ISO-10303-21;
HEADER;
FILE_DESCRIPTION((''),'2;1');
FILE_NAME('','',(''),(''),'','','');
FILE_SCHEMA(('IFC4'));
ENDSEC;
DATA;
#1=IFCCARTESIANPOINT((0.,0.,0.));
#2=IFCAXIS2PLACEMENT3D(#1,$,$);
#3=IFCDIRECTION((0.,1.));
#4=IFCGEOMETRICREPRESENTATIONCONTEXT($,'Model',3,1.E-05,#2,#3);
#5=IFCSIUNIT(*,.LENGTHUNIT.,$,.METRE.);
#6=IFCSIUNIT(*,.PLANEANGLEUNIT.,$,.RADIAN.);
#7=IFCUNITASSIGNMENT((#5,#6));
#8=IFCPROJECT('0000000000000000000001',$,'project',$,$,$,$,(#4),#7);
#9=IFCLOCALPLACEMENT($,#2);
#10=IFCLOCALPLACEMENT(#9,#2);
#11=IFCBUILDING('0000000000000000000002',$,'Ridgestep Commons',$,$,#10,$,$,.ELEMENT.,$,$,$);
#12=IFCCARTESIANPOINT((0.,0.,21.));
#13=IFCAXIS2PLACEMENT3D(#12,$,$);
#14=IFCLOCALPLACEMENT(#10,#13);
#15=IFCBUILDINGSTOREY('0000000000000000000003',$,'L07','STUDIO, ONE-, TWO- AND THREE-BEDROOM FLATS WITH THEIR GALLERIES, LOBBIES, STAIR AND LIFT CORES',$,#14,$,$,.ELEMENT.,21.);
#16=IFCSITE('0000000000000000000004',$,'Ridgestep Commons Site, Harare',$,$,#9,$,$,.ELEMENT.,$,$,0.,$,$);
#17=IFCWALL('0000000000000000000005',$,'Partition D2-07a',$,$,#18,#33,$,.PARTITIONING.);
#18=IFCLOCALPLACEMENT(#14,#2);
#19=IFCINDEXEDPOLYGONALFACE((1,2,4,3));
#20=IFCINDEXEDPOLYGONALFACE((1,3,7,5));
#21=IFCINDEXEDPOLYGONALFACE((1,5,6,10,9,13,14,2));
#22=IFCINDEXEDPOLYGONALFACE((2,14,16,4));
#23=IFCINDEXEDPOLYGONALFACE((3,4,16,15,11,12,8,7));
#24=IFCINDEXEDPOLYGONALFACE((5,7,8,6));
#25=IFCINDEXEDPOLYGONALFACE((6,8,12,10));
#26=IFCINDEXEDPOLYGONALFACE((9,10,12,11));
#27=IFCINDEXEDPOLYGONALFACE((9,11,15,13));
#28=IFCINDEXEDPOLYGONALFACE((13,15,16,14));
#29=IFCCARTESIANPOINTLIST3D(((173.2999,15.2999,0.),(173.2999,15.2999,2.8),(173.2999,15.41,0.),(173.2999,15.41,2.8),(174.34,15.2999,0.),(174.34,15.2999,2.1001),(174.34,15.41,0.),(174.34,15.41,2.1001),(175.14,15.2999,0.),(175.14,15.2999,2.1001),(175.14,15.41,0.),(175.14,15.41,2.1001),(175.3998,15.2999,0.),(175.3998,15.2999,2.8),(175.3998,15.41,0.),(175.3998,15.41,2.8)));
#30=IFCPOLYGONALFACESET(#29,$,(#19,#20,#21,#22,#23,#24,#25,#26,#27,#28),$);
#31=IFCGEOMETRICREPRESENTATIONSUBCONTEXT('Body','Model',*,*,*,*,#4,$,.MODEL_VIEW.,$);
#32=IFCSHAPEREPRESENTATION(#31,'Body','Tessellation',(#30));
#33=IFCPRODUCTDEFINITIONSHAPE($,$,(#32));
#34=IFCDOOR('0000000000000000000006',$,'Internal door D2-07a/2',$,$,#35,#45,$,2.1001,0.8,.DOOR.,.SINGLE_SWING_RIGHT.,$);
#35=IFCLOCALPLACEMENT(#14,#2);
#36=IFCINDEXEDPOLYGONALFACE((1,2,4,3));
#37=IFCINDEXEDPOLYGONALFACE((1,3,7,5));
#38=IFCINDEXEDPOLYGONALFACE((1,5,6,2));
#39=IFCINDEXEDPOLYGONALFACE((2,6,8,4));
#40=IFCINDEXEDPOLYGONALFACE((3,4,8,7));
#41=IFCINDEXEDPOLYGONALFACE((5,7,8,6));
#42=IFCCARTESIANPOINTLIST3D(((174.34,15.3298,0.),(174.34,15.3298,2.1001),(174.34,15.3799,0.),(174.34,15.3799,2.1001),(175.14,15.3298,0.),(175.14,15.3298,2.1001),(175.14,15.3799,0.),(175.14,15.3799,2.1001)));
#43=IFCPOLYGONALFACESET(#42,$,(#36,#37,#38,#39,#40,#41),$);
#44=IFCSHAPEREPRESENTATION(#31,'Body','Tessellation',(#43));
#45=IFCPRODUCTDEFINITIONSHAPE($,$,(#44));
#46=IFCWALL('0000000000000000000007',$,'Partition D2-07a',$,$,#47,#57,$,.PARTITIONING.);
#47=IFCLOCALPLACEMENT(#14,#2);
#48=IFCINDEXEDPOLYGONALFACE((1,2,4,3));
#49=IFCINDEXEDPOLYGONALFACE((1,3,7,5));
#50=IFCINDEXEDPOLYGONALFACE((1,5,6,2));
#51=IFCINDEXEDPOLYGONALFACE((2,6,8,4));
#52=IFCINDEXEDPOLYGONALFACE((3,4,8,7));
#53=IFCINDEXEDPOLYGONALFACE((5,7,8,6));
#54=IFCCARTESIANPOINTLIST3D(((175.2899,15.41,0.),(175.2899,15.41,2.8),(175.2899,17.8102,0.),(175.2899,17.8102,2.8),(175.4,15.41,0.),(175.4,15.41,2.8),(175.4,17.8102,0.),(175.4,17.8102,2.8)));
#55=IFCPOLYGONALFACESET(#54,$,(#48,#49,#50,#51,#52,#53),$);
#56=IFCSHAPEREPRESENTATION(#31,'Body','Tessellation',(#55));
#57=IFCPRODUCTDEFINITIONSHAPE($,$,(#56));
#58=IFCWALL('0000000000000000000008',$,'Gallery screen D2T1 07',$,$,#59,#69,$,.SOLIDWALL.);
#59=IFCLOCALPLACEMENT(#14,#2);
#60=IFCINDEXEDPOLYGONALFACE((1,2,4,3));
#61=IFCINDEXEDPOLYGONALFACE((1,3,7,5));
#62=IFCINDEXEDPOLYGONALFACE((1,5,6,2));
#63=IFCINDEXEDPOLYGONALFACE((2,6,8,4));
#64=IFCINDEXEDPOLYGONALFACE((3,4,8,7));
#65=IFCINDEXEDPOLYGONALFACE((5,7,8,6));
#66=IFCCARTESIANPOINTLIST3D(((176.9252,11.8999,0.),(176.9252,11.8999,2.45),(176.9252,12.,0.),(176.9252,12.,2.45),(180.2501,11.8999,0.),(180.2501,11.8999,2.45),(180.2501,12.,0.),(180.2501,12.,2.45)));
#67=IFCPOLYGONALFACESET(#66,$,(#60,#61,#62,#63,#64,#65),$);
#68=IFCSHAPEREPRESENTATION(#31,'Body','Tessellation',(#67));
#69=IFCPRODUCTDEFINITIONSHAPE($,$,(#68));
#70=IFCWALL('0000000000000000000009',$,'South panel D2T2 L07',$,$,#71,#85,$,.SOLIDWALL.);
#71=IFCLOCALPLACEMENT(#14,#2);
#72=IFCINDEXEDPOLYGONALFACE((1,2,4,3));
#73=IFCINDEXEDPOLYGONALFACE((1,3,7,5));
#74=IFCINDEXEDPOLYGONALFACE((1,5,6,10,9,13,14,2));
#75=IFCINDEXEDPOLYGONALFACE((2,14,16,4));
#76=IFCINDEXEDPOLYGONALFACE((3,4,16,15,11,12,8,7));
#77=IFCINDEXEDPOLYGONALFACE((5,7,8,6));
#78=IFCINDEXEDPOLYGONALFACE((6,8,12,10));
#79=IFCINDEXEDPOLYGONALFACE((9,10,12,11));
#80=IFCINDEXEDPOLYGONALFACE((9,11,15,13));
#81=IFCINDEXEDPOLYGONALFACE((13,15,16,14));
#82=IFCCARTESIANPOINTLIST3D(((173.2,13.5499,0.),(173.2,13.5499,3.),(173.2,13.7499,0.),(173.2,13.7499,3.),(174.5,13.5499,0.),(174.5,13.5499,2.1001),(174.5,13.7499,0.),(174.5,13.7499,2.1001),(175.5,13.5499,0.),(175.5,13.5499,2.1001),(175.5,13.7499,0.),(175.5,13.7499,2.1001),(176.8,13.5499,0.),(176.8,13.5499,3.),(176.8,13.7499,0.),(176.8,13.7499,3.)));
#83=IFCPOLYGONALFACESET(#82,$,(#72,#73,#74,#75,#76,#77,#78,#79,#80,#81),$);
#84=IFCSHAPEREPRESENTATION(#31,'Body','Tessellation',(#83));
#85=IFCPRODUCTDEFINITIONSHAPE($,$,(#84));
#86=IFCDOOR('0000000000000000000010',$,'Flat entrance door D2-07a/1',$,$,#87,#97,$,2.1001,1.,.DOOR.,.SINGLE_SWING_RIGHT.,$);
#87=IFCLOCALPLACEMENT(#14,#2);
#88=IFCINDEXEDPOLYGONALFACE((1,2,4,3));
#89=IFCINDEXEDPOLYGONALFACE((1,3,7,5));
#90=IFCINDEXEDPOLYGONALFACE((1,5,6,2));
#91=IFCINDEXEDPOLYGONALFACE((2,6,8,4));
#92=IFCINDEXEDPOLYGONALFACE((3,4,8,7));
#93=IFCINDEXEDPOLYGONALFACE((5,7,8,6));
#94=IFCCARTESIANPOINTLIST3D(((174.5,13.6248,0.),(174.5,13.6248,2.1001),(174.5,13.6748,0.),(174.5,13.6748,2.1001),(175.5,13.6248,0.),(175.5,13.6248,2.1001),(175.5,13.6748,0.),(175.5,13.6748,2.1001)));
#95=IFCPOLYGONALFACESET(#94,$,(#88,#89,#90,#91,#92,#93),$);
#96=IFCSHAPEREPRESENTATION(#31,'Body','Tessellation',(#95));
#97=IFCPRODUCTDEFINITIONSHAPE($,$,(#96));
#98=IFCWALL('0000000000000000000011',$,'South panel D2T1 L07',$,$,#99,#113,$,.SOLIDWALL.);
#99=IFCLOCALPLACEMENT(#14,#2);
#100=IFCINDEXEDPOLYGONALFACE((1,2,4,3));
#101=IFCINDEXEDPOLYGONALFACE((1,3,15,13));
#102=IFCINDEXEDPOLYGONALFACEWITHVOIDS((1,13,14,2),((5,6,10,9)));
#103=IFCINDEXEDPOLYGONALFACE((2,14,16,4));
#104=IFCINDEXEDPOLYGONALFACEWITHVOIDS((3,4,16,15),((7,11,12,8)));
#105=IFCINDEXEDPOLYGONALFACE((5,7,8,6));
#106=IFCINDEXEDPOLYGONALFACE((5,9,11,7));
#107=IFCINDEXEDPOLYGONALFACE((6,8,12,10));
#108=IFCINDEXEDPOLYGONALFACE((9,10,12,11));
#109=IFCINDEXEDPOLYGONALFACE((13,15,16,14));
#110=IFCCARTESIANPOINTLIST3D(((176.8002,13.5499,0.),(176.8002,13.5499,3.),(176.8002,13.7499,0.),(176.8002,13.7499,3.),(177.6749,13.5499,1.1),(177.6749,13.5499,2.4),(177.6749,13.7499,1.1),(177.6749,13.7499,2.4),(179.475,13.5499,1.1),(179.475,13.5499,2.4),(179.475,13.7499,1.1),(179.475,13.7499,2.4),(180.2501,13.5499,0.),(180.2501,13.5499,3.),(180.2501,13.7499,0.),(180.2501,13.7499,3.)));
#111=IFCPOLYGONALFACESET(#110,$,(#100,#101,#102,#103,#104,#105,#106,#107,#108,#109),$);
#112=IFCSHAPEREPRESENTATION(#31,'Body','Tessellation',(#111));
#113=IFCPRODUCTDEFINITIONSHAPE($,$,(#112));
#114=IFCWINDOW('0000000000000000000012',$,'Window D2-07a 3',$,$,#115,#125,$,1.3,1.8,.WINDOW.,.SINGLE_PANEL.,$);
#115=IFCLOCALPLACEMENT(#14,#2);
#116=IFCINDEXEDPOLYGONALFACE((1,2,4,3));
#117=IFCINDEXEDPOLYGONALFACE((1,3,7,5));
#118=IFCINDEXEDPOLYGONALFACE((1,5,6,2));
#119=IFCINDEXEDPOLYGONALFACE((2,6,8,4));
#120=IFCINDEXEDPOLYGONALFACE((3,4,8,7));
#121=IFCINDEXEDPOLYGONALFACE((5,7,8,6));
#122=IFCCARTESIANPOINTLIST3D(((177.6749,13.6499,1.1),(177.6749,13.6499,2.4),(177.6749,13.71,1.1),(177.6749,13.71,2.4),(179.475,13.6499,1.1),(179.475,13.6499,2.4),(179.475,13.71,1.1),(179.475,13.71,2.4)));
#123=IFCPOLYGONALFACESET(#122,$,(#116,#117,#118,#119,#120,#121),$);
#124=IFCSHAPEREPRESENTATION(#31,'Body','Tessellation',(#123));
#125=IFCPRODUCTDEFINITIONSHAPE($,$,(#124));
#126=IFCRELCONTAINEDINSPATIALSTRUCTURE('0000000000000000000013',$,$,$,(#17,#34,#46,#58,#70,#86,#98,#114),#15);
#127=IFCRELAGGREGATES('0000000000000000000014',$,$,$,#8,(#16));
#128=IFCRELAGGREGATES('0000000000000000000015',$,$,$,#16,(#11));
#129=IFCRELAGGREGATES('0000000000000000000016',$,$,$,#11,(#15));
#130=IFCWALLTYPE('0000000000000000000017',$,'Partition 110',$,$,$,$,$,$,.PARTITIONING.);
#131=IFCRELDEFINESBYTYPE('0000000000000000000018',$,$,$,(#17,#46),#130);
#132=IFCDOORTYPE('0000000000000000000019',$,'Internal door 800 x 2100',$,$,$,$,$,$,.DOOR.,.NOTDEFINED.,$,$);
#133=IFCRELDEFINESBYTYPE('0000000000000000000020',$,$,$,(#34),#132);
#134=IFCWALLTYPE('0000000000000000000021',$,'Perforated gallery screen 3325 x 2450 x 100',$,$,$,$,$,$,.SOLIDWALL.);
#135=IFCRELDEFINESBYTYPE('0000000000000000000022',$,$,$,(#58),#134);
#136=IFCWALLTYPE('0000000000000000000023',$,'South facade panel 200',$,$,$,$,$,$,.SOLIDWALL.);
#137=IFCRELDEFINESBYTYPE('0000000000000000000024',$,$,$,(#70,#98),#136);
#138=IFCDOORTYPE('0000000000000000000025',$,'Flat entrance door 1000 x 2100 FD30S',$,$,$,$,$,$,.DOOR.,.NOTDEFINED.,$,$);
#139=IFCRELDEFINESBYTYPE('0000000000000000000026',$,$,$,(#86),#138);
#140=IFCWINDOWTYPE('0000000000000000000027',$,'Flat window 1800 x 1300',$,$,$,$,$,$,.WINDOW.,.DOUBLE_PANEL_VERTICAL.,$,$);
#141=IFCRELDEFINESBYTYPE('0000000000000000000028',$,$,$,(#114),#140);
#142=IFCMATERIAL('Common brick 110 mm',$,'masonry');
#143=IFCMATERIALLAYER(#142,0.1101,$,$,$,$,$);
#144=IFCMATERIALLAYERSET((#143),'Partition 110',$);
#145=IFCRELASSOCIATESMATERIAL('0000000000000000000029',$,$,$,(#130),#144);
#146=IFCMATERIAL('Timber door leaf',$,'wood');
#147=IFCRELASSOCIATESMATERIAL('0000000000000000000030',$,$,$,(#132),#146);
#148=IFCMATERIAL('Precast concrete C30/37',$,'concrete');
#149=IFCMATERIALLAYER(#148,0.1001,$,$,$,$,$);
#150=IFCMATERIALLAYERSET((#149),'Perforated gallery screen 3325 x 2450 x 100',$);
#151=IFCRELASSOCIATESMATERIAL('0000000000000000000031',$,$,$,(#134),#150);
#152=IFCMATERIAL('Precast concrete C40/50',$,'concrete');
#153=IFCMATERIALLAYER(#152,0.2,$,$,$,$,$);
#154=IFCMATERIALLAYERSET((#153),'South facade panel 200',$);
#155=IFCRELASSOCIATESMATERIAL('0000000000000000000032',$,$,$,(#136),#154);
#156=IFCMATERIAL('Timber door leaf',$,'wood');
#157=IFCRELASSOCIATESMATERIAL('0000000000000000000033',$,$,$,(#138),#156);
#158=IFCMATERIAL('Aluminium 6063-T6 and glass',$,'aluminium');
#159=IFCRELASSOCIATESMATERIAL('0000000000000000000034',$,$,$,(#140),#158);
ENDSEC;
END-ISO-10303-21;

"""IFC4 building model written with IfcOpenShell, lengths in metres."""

from ifc_helpers import new_model, si_unit, direction, frame, frame_2d, origin, place, context, subcontext, project, spatial, rectangle, extrude, material, layer, layer_set, type_object, element, fill, save


model = new_model("IFC4")

# Units and contexts
model_context = context("Model", 3, precision=1e-05, world=origin(), true_north=direction((0.0, 1.0)))
body_context = subcontext(model_context, "Body", "Model", "MODEL_VIEW")
ifc_project = project(units=[si_unit("LENGTHUNIT", "METRE"), si_unit("PLANEANGLEUNIT", "RADIAN")], contexts=[model_context])

# Site, building, storey
site_placement = place(None, origin())
site = spatial("IfcSite", under=ifc_project, at=site_placement, Name="Ridgestep Commons Site, Harare", CompositionType="ELEMENT", RefElevation=0.0)
building_placement = place(site_placement, origin())
building = spatial("IfcBuilding", under=site, at=building_placement, Name="Ridgestep Commons", CompositionType="ELEMENT")
storey_placement = place(building_placement, frame((0.0, 0.0, 21.0)))
storey = spatial("IfcBuildingStorey", under=building, at=storey_placement, Name="L07", Description="STUDIO, ONE-, TWO- AND THREE-BEDROOM FLATS WITH THEIR GALLERIES, LOBBIES, STAIR AND LIFT CORES", CompositionType="ELEMENT", Elevation=21.0)

# Wall, opening, door
ifc_material_1 = material(Name="Common brick 110 mm", Category="masonry")
ifc_layer_1 = layer(ifc_material_1, 0.1101)
ifc_layer_set_1 = layer_set([ifc_layer_1], Name="Partition 110")
wall_type_1 = type_object("IfcWallType", Name="Partition 110", PredefinedType="PARTITIONING", material=ifc_layer_set_1)
wall_1_placement = place(storey_placement, frame((173.3, 15.355, 0.0), z_axis=(0.0, 0.0, 1.0), x_axis=(1.0, 0.0, 0.0)))
wall_1 = element("IfcWall", 1, at=wall_1_placement, inside=storey, type_object=wall_type_1, Name="Partition D2-07a", PredefinedType="PARTITIONING", context=body_context, shape_type="SweptSolid", body=[
    extrude(rectangle(XDim=2.0999, YDim=0.1101, at=frame_2d((1.0498, 0.0))), origin(), (0.0, 0.0, 1.0), 2.8),
])
opening_1_placement = place(wall_1_placement, frame((1.04, 0.0, 0.0)))
opening_1 = element("IfcOpeningElement", 2, at=opening_1_placement, cuts=wall_1, PredefinedType="OPENING", context=body_context, shape_type="SweptSolid", body=[
    extrude(rectangle(XDim=0.8, YDim=2.1001, at=frame_2d((0.3999, 1.05))), frame((0.0, 0.0649, 0.0), z_axis=(0.0, -1.0, 0.0), x_axis=(1.0, 0.0, 0.0)), (0.0, 0.0, 1.0), 0.1301),
])
ifc_material_2 = material(Name="Timber door leaf", Category="wood")
door_type_1 = type_object("IfcDoorType", Name="Internal door 800 x 2100", OperationType="NOTDEFINED", PredefinedType="DOOR", material=ifc_material_2)
door_1_placement = place(opening_1_placement, origin())
door_1 = element("IfcDoor", 3, at=door_1_placement, inside=storey, type_object=door_type_1, Name="Internal door D2-07a/2", OperationType="SINGLE_SWING_RIGHT", OverallHeight=2.1001, OverallWidth=0.8, PredefinedType="DOOR", context=body_context, shape_type="SweptSolid", body=[
    extrude(rectangle(XDim=0.8, YDim=2.1001, at=frame_2d((0.3999, 1.05))), frame((0.0, 0.0249, 0.0), z_axis=(0.0, -1.0, 0.0), x_axis=(1.0, 0.0, 0.0)), (0.0, 0.0, 1.0), 0.05),
])
fill(opening_1, door_1)

# Walls
wall_2_placement = place(storey_placement, frame((175.345, 15.4099, 0.0), z_axis=(0.0, 0.0, 1.0), x_axis=(0.0, 1.0, 0.0)))
element("IfcWall", 4, at=wall_2_placement, inside=storey, type_object=wall_type_1, Name="Partition D2-07a", PredefinedType="PARTITIONING", context=body_context, shape_type="SweptSolid", body=[
    extrude(rectangle(XDim=2.4001, YDim=0.1101, at=frame_2d((1.2002, 0.0))), origin(), (0.0, 0.0, 1.0), 2.8),
])
ifc_material_3 = material(Name="Precast concrete C30/37", Category="concrete")
ifc_layer_2 = layer(ifc_material_3, 0.1001)
ifc_layer_set_2 = layer_set([ifc_layer_2], Name="Perforated gallery screen 3325 x 2450 x 100")
wall_type_2 = type_object("IfcWallType", Name="Perforated gallery screen 3325 x 2450 x 100", PredefinedType="SOLIDWALL", material=ifc_layer_set_2)
wall_3_placement = place(storey_placement, frame((176.925, 11.95, 0.0), z_axis=(0.0, 0.0, 1.0), x_axis=(1.0, 0.0, 0.0)))
element("IfcWall", 5, at=wall_3_placement, inside=storey, type_object=wall_type_2, Name="Gallery screen D2T1 07", PredefinedType="SOLIDWALL", context=body_context, shape_type="SweptSolid", body=[
    extrude(rectangle(XDim=3.325, YDim=0.1001, at=frame_2d((1.6626, 0.0))), origin(), (0.0, 0.0, 1.0), 2.45),
])

# Wall, opening, door
ifc_material_4 = material(Name="Precast concrete C40/50", Category="concrete")
ifc_layer_3 = layer(ifc_material_4, 0.2)
ifc_layer_set_3 = layer_set([ifc_layer_3], Name="South facade panel 200")
wall_type_3 = type_object("IfcWallType", Name="South facade panel 200", PredefinedType="SOLIDWALL", material=ifc_layer_set_3)
wall_4_placement = place(storey_placement, frame((173.2, 13.6499, 0.0), z_axis=(0.0, 0.0, 1.0), x_axis=(1.0, 0.0, 0.0)))
wall_4 = element("IfcWall", 6, at=wall_4_placement, inside=storey, type_object=wall_type_3, Name="South panel D2T2 L07", PredefinedType="SOLIDWALL", context=body_context, shape_type="SweptSolid", body=[
    extrude(rectangle(XDim=3.6001, YDim=0.2, at=frame_2d((1.8, 0.0))), origin(), (0.0, 0.0, 1.0), 3.0),
])
opening_2_placement = place(wall_4_placement, frame((1.3, 0.0, 0.0)))
opening_2 = element("IfcOpeningElement", 7, at=opening_2_placement, cuts=wall_4, PredefinedType="OPENING", context=body_context, shape_type="SweptSolid", body=[
    extrude(rectangle(XDim=1.0, YDim=2.1001, at=frame_2d((0.5, 1.05))), frame((0.0, 0.1099, 0.0), z_axis=(0.0, -1.0, 0.0), x_axis=(1.0, 0.0, 0.0)), (0.0, 0.0, 1.0), 0.22),
])
ifc_material_5 = material(Name="Timber door leaf", Category="wood")
door_type_2 = type_object("IfcDoorType", Name="Flat entrance door 1000 x 2100 FD30S", OperationType="NOTDEFINED", PredefinedType="DOOR", material=ifc_material_5)
door_2_placement = place(opening_2_placement, origin())
door_2 = element("IfcDoor", 8, at=door_2_placement, inside=storey, type_object=door_type_2, Name="Flat entrance door D2-07a/1", OperationType="SINGLE_SWING_RIGHT", OverallHeight=2.1001, OverallWidth=1.0, PredefinedType="DOOR", context=body_context, shape_type="SweptSolid", body=[
    extrude(rectangle(XDim=1.0, YDim=2.1001, at=frame_2d((0.5, 1.05))), frame((0.0, 0.0249, 0.0), z_axis=(0.0, -1.0, 0.0), x_axis=(1.0, 0.0, 0.0)), (0.0, 0.0, 1.0), 0.05),
])
fill(opening_2, door_2)

# Wall, opening, window
wall_5_placement = place(storey_placement, frame((176.8, 13.6499, 0.0), z_axis=(0.0, 0.0, 1.0), x_axis=(1.0, 0.0, 0.0)))
wall_5 = element("IfcWall", 9, at=wall_5_placement, inside=storey, type_object=wall_type_3, Name="South panel D2T1 L07", PredefinedType="SOLIDWALL", context=body_context, shape_type="SweptSolid", body=[
    extrude(rectangle(XDim=3.45, YDim=0.2, at=frame_2d((1.7251, 0.0))), origin(), (0.0, 0.0, 1.0), 3.0),
])
opening_3_placement = place(wall_5_placement, frame((0.875, 0.0, 1.1001)))
opening_3 = element("IfcOpeningElement", 10, at=opening_3_placement, cuts=wall_5, PredefinedType="OPENING", context=body_context, shape_type="SweptSolid", body=[
    extrude(rectangle(XDim=1.8, YDim=1.3, at=frame_2d((0.8999, 0.6499))), frame((0.0, 0.1099, 0.0), z_axis=(0.0, -1.0, 0.0), x_axis=(1.0, 0.0, 0.0)), (0.0, 0.0, 1.0), 0.22),
])
ifc_material_6 = material(Name="Aluminium 6063-T6 and glass", Category="aluminium")
window_type = type_object("IfcWindowType", Name="Flat window 1800 x 1300", PartitioningType="DOUBLE_PANEL_VERTICAL", PredefinedType="WINDOW", material=ifc_material_6)
window_placement = place(opening_3_placement, origin())
window = element("IfcWindow", 11, at=window_placement, inside=storey, type_object=window_type, Name="Window D2-07a 3", OverallHeight=1.3, OverallWidth=1.8, PartitioningType="SINGLE_PANEL", PredefinedType="WINDOW", context=body_context, shape_type="SweptSolid", body=[
    extrude(rectangle(XDim=1.8, YDim=1.3, at=frame_2d((0.8999, 0.6499))), frame((0.0, 0.0601, 0.0), z_axis=(0.0, -1.0, 0.0), x_axis=(1.0, 0.0, 0.0)), (0.0, 0.0, 1.0), 0.0601),
])
fill(opening_3, window)

save(model, "model.ifc")
